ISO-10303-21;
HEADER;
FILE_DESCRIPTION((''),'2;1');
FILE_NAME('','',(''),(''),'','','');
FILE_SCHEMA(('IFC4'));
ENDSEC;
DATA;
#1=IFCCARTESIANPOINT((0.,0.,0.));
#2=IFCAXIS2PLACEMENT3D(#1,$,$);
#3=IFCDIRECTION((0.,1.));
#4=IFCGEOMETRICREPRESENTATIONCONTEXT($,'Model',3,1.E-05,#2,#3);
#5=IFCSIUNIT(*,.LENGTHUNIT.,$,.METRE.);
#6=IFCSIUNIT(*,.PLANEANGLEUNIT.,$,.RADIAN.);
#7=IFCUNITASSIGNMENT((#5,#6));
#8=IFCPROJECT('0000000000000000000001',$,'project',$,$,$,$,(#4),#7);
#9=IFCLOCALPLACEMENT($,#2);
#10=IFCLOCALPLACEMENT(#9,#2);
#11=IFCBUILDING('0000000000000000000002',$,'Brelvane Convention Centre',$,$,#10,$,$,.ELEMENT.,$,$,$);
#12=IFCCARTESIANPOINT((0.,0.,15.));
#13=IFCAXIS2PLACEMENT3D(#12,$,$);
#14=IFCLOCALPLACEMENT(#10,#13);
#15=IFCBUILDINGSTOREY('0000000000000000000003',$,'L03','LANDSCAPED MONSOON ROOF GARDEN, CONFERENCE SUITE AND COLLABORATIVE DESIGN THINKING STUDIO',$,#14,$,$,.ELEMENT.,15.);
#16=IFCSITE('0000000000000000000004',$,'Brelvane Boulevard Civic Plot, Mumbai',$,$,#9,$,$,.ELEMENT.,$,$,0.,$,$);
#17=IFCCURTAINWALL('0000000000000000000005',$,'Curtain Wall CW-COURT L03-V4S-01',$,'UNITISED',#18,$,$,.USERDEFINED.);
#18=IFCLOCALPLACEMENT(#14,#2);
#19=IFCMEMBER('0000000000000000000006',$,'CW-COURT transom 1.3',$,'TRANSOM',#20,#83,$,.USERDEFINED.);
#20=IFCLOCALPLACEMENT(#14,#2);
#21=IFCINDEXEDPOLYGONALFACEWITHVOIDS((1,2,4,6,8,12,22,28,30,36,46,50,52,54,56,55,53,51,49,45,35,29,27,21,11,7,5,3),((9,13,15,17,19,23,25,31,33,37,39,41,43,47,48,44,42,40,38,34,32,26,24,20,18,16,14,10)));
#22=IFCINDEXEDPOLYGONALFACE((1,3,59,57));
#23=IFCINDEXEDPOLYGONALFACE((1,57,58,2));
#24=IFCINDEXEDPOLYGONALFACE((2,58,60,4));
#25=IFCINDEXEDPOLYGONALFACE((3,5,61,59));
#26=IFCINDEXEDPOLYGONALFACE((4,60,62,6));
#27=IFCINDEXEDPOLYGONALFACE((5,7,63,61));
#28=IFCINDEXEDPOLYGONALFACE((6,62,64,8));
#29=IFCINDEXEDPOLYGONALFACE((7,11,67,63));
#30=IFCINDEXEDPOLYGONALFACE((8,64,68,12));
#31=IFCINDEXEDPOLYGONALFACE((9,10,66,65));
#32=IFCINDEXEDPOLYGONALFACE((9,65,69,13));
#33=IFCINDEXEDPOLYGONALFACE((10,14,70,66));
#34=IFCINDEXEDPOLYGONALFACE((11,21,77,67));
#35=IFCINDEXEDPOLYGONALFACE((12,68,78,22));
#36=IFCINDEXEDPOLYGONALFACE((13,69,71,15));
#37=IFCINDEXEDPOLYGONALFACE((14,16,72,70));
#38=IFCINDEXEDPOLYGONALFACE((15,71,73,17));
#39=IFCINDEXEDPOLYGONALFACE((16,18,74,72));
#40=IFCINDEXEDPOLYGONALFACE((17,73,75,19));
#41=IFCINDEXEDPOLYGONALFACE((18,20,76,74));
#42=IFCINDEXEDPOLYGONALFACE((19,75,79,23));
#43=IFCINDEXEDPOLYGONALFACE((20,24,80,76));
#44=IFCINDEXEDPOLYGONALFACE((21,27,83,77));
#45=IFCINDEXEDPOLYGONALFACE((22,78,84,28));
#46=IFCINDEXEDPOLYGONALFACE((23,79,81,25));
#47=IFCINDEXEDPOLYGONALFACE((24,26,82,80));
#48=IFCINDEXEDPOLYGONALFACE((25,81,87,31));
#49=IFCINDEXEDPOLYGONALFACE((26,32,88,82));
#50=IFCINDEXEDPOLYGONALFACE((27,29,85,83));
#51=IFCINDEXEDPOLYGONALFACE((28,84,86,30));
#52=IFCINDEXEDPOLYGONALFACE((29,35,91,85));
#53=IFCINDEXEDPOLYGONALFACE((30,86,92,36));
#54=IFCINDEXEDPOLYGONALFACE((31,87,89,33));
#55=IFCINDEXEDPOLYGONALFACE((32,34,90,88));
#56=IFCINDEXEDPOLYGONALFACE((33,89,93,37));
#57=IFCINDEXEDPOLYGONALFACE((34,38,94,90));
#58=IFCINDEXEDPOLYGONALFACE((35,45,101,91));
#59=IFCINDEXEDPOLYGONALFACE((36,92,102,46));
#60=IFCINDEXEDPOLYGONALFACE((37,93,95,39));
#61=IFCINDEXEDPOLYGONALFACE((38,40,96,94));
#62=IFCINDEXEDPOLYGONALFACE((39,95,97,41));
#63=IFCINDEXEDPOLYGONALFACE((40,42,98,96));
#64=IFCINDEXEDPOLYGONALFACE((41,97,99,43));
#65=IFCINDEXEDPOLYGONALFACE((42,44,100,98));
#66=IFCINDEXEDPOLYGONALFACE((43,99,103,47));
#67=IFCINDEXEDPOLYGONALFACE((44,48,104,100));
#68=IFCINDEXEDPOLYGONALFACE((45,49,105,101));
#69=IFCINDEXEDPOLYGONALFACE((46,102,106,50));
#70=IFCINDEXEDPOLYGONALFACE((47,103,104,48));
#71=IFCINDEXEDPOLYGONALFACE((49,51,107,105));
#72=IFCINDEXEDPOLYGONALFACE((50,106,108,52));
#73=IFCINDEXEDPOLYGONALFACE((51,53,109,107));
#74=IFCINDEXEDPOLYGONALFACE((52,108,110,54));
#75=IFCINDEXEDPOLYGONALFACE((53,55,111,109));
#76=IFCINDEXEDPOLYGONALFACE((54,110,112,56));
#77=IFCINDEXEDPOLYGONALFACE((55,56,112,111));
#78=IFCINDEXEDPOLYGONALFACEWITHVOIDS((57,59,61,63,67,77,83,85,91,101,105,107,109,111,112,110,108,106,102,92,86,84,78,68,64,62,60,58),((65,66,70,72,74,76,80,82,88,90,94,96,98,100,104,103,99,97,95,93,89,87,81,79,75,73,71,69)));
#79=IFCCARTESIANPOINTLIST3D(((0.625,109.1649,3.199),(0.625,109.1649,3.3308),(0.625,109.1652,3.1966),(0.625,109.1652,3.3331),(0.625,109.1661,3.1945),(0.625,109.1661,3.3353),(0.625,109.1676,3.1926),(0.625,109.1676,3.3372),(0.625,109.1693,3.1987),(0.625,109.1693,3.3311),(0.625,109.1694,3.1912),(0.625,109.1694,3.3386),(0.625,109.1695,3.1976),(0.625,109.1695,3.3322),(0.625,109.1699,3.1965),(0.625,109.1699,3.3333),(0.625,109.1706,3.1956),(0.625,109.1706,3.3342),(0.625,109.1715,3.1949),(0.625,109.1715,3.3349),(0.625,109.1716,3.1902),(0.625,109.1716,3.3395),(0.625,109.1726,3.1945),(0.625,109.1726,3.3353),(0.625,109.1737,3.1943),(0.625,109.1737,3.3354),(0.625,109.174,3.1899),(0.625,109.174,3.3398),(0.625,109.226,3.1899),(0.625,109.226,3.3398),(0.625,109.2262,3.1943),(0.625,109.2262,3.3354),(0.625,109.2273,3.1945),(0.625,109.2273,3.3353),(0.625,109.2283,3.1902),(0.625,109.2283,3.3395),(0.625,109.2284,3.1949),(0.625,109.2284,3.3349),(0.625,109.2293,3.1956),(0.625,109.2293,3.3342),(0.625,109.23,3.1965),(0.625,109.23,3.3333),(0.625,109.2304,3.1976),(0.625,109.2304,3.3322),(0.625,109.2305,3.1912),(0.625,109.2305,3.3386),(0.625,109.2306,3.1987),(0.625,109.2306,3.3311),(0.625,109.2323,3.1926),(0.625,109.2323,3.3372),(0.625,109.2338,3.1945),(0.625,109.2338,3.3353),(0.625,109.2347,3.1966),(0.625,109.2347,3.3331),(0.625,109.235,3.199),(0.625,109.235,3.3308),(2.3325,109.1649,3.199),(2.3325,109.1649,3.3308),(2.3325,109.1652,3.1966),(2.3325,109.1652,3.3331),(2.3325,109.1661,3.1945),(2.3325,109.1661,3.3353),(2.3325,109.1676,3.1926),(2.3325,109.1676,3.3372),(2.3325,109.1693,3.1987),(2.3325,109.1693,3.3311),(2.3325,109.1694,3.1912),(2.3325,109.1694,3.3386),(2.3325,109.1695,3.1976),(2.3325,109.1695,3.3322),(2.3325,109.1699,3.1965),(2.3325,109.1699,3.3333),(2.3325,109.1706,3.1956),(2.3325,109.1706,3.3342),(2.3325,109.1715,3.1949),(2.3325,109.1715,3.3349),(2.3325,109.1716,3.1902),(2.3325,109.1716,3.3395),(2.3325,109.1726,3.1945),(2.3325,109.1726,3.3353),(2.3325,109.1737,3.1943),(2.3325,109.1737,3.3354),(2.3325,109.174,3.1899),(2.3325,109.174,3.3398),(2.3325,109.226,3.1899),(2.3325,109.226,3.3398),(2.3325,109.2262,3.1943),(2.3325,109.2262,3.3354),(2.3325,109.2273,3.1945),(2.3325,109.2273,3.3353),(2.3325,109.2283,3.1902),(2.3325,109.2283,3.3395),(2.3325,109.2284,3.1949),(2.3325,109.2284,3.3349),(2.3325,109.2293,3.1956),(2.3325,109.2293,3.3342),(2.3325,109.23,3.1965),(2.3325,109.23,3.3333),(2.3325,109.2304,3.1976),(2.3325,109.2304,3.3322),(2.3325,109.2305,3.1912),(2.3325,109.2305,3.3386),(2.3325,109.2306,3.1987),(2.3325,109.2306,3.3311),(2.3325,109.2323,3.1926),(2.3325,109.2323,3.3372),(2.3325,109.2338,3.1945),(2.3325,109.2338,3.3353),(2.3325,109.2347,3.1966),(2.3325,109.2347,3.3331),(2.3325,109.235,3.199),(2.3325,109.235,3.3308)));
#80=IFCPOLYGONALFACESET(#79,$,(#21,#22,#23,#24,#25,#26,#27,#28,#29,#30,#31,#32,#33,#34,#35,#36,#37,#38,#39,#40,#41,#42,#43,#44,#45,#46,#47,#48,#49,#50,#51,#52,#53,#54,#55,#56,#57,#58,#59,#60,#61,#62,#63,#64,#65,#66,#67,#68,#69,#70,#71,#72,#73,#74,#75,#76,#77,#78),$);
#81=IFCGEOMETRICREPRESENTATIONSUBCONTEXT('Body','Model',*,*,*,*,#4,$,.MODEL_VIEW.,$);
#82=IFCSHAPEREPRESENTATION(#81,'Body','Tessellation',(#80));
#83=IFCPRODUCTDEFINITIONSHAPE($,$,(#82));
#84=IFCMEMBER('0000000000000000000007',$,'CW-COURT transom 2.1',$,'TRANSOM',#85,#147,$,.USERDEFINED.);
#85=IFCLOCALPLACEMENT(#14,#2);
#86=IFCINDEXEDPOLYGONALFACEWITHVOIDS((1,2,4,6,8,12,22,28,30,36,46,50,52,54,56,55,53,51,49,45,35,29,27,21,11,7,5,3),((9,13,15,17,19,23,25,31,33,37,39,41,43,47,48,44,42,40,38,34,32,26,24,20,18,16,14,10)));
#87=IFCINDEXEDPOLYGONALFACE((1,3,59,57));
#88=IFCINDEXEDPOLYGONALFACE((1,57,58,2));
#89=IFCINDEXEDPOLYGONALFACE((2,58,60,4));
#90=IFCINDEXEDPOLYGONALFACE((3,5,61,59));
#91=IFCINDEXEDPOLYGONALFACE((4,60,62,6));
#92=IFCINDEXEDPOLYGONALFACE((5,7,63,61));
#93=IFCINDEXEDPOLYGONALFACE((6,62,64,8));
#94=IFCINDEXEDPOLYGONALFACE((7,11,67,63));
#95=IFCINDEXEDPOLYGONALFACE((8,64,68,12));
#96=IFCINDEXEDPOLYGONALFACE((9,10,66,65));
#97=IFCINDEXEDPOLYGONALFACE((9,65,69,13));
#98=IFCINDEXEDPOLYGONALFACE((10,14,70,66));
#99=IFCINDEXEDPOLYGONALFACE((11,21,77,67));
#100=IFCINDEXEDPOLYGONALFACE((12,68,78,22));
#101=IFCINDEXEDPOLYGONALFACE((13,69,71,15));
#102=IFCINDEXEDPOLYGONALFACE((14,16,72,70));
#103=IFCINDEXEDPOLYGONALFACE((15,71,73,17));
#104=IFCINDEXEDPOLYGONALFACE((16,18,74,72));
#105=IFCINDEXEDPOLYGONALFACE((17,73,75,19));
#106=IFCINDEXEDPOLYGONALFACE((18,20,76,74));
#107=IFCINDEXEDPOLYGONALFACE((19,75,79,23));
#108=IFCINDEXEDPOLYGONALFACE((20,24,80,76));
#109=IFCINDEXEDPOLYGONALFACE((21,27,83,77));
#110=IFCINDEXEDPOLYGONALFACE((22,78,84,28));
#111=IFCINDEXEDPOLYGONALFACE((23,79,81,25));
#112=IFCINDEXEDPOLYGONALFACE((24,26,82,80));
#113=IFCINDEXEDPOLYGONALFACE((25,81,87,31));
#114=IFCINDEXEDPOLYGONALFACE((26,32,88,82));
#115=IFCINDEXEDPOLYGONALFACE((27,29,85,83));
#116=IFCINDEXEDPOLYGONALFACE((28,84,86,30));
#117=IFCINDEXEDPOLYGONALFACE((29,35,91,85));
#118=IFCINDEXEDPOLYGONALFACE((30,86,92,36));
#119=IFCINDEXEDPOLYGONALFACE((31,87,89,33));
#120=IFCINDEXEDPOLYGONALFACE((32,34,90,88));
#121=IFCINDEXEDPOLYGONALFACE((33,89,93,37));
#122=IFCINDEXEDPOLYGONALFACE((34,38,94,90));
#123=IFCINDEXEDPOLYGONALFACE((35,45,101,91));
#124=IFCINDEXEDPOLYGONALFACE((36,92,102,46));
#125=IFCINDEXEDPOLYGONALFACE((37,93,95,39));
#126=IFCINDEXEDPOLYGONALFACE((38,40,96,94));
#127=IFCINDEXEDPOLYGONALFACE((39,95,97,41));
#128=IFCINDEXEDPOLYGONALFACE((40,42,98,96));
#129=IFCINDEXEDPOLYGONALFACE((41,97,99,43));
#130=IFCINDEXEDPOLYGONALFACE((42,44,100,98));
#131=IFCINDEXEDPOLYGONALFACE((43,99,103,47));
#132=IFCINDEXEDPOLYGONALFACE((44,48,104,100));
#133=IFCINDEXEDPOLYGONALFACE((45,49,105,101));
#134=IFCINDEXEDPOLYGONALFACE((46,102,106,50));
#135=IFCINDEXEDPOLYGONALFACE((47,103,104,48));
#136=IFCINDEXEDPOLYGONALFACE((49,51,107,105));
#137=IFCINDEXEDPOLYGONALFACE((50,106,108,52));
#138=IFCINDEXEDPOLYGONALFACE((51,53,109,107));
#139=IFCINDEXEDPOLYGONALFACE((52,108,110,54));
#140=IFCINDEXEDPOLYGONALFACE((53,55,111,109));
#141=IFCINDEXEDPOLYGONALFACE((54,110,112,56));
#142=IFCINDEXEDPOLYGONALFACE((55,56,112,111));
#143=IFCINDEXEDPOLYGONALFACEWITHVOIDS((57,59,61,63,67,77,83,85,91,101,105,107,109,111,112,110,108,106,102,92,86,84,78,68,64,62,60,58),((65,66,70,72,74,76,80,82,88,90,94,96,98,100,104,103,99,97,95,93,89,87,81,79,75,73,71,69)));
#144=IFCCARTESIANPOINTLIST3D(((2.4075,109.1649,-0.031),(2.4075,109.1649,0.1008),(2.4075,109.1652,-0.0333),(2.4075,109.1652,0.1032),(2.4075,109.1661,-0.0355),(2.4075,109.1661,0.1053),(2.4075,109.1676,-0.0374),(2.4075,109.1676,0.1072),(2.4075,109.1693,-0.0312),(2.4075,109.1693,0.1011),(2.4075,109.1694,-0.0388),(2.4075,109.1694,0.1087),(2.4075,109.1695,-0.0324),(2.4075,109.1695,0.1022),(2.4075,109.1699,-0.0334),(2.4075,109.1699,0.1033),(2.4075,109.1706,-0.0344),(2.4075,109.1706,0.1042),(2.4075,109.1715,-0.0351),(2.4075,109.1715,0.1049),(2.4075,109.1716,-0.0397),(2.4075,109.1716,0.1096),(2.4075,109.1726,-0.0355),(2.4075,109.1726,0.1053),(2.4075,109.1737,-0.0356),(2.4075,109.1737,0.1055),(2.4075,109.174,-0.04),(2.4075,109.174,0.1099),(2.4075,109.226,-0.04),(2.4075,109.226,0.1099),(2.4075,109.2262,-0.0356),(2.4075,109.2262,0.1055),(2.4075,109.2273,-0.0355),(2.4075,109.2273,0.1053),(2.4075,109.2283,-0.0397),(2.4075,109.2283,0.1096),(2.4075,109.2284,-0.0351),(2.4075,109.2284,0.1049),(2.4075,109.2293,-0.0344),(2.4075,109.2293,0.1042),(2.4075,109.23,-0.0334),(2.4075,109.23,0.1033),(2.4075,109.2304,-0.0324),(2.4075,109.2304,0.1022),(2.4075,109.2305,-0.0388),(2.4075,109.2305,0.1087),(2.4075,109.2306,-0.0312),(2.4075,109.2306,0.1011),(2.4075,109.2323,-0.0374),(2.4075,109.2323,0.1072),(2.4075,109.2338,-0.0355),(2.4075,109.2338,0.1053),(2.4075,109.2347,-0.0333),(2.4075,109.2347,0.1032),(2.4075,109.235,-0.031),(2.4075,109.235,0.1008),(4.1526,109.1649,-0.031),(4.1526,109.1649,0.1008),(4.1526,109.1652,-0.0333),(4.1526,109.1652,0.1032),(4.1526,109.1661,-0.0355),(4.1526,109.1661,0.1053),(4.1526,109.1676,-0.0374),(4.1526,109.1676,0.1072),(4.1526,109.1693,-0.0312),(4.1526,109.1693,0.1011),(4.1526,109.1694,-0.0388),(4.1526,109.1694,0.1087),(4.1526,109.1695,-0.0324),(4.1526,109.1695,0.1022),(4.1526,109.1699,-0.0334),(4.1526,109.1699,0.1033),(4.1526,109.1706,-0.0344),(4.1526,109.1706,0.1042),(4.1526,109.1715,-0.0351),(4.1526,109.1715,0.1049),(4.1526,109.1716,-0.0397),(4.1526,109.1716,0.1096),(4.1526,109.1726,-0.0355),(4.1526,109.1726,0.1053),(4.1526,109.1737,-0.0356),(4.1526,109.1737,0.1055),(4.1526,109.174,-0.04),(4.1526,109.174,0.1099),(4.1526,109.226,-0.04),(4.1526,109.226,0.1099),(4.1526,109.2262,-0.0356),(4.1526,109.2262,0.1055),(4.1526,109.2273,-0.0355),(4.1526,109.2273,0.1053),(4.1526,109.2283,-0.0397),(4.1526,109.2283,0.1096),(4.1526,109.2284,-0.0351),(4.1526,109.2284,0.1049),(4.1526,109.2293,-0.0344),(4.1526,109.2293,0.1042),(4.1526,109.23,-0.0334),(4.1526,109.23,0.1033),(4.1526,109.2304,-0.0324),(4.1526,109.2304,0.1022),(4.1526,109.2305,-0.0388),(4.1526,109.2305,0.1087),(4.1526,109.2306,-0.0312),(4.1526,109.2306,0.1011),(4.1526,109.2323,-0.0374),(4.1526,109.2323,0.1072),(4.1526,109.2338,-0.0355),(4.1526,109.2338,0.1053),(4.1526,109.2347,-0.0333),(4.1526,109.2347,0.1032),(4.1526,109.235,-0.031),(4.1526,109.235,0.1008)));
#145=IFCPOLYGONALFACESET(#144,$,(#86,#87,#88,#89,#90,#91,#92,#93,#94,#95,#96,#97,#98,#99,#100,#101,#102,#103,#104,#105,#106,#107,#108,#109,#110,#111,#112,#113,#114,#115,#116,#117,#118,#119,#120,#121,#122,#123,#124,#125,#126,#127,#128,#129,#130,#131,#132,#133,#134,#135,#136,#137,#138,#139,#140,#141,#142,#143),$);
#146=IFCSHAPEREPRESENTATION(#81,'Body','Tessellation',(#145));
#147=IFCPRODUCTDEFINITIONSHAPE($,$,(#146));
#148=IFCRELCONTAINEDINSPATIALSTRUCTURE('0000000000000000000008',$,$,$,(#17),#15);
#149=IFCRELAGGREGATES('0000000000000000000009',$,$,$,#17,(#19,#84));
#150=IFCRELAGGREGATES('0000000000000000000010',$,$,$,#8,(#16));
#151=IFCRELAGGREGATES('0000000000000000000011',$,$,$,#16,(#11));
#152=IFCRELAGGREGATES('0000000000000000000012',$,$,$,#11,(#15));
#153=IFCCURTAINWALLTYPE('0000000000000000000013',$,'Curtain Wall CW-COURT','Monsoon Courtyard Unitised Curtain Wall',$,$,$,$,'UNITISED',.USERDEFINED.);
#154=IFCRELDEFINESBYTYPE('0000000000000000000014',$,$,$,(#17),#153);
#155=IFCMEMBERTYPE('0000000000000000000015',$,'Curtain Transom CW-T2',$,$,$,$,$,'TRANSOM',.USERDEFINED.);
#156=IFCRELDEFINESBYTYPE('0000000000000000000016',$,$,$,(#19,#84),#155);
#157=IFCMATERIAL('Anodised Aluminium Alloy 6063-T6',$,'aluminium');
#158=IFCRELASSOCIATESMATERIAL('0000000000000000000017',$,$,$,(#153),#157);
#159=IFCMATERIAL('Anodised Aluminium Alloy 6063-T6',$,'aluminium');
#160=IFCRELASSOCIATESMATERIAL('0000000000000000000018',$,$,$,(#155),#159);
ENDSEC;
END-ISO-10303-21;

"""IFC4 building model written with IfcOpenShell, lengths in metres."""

from ifc_helpers import new_model, si_unit, direction, frame, origin, origin_2d, place, context, subcontext, project, spatial, hollow_rectangle, extrude, material, material_profile, profile_set, type_object, element, aggregate, save


model = new_model("IFC4")

# Units and contexts
model_context = context("Model", 3, precision=1e-05, world=origin(), true_north=direction((0.0, 1.0)))
body_context = subcontext(model_context, "Body", "Model", "MODEL_VIEW")
ifc_project = project(units=[si_unit("LENGTHUNIT", "METRE"), si_unit("PLANEANGLEUNIT", "RADIAN")], contexts=[model_context])

# Site, building, storey
site_placement = place(None, origin())
site = spatial("IfcSite", under=ifc_project, at=site_placement, Name="Brelvane Boulevard Civic Plot, Mumbai", CompositionType="ELEMENT", RefElevation=0.0)
building_placement = place(site_placement, origin())
building = spatial("IfcBuilding", under=site, at=building_placement, Name="Brelvane Convention Centre", CompositionType="ELEMENT")
storey_placement = place(building_placement, frame((0.0, 0.0, 15.0)))
storey = spatial("IfcBuildingStorey", under=building, at=storey_placement, Name="L03", Description="LANDSCAPED MONSOON ROOF GARDEN, CONFERENCE SUITE AND COLLABORATIVE DESIGN THINKING STUDIO", CompositionType="ELEMENT", Elevation=15.0)

# Curtain wall, members
ifc_material_1 = material(Name="Anodised Aluminium Alloy 6063-T6", Category="aluminium")
curtain_wall_type = type_object("IfcCurtainWallType", Name="Curtain Wall CW-COURT", Description="Monsoon Courtyard Unitised Curtain Wall", ElementType="UNITISED", PredefinedType="USERDEFINED", material=ifc_material_1)
curtain_wall_placement = place(storey_placement, origin())
curtain_wall = element("IfcCurtainWall", 1, at=curtain_wall_placement, inside=storey, type_object=curtain_wall_type, Name="Curtain Wall CW-COURT L03-V4S-01", ObjectType="UNITISED", PredefinedType="USERDEFINED")
ifc_material_2 = material(Name="Anodised Aluminium Alloy 6063-T6", Category="aluminium")
ifc_material_profile_1 = material_profile(ifc_material_2, hollow_rectangle(XDim=0.0701, YDim=0.1499, WallThickness=0.0044, InnerFilletRadius=0.0044, OuterFilletRadius=0.009, at=origin_2d()), Name="ALU-T 150x70x4.5")
ifc_profile_set_1 = profile_set([ifc_material_profile_1], Name="Anodised Aluminium Alloy 6063-T6")
member_type_1 = type_object("IfcMemberType", Name="Curtain Transom CW-T2", ElementType="TRANSOM", PredefinedType="USERDEFINED", material=ifc_profile_set_1)
member_1_placement = place(storey_placement, frame((0.625, 109.2, 3.2649), z_axis=(1.0, 0.0, 0.0), x_axis=(0.0, 1.0, 0.0)))
member_1 = element("IfcMember", 2, at=member_1_placement, type_object=member_type_1, Name="CW-COURT transom 1.3", ObjectType="TRANSOM", PredefinedType="USERDEFINED", context=body_context, shape_type="SweptSolid", body=[
    extrude(hollow_rectangle(XDim=0.0701, YDim=0.1499, WallThickness=0.0044, InnerFilletRadius=0.0044, OuterFilletRadius=0.009, at=origin_2d()), origin(), (0.0, 0.0, 1.0), 1.7075),
])
member_2_placement = place(storey_placement, frame((2.4075, 109.2, 0.0349), z_axis=(1.0, 0.0, 0.0), x_axis=(0.0, 1.0, 0.0)))
member_2 = element("IfcMember", 3, at=member_2_placement, type_object=member_type_1, Name="CW-COURT transom 2.1", ObjectType="TRANSOM", PredefinedType="USERDEFINED", context=body_context, shape_type="SweptSolid", body=[
    extrude(hollow_rectangle(XDim=0.0701, YDim=0.1499, WallThickness=0.0044, InnerFilletRadius=0.0044, OuterFilletRadius=0.009, at=origin_2d()), origin(), (0.0, 0.0, 1.0), 1.7451),
])

aggregate(curtain_wall, [member_1, member_2])

save(model, "model.ifc")
